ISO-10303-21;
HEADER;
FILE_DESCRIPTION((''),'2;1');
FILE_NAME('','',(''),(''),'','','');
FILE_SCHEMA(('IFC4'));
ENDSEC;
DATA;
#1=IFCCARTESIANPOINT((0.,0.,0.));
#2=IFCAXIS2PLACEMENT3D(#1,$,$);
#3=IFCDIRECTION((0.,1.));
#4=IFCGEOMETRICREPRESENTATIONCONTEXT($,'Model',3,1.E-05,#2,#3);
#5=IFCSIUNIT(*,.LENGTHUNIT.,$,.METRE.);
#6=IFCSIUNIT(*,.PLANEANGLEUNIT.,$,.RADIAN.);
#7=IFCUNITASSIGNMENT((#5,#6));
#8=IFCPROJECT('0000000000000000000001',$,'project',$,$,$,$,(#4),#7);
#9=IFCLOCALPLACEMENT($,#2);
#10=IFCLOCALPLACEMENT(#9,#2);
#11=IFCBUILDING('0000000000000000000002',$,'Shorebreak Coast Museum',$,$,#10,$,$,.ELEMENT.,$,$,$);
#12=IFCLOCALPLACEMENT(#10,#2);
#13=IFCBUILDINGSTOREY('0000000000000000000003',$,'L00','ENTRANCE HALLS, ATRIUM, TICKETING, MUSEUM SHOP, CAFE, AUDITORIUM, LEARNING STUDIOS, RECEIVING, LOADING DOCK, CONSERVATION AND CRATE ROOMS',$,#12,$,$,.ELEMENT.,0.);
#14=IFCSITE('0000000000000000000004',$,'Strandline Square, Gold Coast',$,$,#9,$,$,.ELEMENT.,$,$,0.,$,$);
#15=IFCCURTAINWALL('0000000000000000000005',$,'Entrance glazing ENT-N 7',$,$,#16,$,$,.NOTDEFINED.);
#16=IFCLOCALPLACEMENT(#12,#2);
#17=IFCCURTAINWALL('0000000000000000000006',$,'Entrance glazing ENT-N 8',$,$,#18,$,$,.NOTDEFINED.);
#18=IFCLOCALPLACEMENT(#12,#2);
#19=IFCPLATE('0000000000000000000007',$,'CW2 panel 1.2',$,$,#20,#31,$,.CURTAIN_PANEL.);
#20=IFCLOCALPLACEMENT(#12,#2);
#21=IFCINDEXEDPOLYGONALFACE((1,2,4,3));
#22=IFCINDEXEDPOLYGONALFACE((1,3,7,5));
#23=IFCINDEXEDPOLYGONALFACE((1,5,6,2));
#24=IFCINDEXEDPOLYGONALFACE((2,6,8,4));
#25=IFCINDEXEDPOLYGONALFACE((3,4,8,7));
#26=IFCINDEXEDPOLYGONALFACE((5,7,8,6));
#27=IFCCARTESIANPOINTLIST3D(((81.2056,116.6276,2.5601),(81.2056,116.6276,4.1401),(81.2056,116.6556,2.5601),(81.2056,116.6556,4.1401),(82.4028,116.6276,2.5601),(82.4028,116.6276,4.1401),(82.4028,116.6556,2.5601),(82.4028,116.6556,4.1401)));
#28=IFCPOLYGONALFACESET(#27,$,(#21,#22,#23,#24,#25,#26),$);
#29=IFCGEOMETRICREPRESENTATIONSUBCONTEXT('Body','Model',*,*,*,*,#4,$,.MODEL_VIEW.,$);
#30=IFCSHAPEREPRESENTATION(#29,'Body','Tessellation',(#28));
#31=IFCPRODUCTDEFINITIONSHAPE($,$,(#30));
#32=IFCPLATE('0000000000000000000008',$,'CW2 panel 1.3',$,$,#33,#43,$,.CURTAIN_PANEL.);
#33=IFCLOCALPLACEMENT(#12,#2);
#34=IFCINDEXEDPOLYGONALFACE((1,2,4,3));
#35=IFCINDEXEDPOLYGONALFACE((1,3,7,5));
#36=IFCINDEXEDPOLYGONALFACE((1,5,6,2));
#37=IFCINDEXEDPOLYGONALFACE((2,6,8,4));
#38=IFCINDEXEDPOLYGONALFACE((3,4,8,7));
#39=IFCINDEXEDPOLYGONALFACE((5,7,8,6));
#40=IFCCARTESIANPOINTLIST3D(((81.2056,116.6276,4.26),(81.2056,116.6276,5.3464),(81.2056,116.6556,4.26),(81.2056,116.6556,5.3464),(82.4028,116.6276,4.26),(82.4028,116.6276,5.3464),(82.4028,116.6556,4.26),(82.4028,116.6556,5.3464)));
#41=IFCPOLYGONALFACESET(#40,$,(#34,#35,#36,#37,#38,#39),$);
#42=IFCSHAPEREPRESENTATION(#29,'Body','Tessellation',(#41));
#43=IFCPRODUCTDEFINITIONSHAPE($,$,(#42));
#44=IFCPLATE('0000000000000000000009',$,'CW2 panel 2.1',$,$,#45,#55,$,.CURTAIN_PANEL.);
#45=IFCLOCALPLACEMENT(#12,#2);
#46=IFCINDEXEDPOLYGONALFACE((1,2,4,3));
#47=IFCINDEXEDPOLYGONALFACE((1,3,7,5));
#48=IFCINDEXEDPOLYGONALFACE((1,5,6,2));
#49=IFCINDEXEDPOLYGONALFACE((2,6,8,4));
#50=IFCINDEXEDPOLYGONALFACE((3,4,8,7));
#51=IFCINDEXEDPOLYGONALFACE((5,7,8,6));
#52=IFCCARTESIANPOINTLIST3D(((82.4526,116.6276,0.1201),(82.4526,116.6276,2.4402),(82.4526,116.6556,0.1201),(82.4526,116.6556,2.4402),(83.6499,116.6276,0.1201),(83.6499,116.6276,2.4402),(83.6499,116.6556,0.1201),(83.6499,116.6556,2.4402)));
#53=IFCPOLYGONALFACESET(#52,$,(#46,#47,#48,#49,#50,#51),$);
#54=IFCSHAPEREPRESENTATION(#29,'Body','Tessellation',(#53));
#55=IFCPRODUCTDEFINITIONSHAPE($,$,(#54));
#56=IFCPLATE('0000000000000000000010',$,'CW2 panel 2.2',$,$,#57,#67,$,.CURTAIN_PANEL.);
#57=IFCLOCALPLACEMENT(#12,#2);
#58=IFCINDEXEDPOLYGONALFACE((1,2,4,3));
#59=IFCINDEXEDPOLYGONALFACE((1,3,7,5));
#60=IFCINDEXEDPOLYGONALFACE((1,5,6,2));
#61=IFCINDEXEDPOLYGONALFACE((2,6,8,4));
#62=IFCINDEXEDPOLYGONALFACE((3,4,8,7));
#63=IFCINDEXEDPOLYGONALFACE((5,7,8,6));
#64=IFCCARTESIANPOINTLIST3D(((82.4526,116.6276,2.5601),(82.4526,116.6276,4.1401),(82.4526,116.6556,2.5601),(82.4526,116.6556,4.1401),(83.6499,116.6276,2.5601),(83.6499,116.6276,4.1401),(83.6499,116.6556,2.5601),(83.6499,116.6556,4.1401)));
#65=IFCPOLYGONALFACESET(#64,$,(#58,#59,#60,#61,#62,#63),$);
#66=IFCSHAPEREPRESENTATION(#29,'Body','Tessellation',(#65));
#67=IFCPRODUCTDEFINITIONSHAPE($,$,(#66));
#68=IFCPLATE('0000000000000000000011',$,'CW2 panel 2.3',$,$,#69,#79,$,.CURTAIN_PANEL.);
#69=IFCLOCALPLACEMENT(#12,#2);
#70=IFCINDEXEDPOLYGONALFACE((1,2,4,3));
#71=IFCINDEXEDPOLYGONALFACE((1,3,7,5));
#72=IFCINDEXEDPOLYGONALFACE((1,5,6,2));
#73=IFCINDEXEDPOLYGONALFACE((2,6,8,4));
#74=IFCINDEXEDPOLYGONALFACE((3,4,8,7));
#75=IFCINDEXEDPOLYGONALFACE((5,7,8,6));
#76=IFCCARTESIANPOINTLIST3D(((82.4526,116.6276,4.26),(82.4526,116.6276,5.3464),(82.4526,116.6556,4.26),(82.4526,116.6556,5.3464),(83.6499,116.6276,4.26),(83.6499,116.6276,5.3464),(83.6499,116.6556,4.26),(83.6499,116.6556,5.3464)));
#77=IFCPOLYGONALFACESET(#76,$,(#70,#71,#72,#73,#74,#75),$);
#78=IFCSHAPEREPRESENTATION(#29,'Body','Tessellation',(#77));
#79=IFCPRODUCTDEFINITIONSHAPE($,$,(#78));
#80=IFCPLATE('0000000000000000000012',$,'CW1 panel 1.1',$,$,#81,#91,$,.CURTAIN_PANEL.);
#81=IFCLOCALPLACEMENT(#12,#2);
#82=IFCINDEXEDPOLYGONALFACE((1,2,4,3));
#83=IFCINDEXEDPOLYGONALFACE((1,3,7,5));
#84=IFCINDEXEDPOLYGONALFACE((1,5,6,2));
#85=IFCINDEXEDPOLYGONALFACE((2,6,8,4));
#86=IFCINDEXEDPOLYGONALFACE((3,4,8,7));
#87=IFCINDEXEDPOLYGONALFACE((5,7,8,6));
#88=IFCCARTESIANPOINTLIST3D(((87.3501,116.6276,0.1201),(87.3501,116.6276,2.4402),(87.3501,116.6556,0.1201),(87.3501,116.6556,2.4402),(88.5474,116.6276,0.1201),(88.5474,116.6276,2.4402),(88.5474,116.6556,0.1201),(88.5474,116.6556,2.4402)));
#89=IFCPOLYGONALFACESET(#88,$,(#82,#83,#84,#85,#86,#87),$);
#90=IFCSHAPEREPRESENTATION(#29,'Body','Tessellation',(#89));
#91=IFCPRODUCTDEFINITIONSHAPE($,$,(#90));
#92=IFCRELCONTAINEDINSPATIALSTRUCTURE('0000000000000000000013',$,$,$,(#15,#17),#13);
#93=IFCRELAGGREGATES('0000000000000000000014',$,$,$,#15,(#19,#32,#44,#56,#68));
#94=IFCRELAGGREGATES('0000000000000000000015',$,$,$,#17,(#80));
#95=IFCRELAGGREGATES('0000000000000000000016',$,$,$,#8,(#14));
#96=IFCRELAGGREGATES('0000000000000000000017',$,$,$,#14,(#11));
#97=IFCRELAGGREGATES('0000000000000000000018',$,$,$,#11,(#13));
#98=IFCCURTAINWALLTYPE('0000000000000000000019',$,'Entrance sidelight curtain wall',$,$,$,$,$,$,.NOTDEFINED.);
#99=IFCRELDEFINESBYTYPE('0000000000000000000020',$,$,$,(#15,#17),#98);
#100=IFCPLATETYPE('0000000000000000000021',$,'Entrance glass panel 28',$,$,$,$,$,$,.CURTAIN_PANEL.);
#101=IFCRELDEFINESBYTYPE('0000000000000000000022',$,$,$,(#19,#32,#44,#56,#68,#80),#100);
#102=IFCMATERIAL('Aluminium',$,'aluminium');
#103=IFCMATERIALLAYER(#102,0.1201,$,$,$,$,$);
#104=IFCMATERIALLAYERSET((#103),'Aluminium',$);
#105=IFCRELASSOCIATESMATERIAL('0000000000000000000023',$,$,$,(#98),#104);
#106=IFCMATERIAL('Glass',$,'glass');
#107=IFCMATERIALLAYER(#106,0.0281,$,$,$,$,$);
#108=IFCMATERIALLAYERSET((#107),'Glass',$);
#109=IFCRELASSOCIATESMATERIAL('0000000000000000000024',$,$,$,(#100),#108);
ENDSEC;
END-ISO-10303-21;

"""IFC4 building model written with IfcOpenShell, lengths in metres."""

from ifc_helpers import new_model, si_unit, direction, frame, origin, origin_2d, place, context, subcontext, project, spatial, rectangle, extrude, material, layer, layer_set, type_object, element, aggregate, save


model = new_model("IFC4")

# Units and contexts
model_context = context("Model", 3, precision=1e-05, world=origin(), true_north=direction((0.0, 1.0)))
body_context = subcontext(model_context, "Body", "Model", "MODEL_VIEW")
ifc_project = project(units=[si_unit("LENGTHUNIT", "METRE"), si_unit("PLANEANGLEUNIT", "RADIAN")], contexts=[model_context])

# Site, building, storey
site_placement = place(None, origin())
site = spatial("IfcSite", under=ifc_project, at=site_placement, Name="Strandline Square, Gold Coast", CompositionType="ELEMENT", RefElevation=0.0)
building_placement = place(site_placement, origin())
building = spatial("IfcBuilding", under=site, at=building_placement, Name="Shorebreak Coast Museum", CompositionType="ELEMENT")
storey_placement = place(building_placement, origin())
storey = spatial("IfcBuildingStorey", under=building, at=storey_placement, Name="L00", Description="ENTRANCE HALLS, ATRIUM, TICKETING, MUSEUM SHOP, CAFE, AUDITORIUM, LEARNING STUDIOS, RECEIVING, LOADING DOCK, CONSERVATION AND CRATE ROOMS", CompositionType="ELEMENT", Elevation=0.0)

# Curtain wall
ifc_material_1 = material(Name="Aluminium", Category="aluminium")
ifc_layer_1 = layer(ifc_material_1, 0.1201)
ifc_layer_set_1 = layer_set([ifc_layer_1], Name="Aluminium")
curtain_wall_type = type_object("IfcCurtainWallType", Name="Entrance sidelight curtain wall", PredefinedType="NOTDEFINED", material=ifc_layer_set_1)
curtain_wall_1_placement = place(storey_placement, origin())
curtain_wall_1 = element("IfcCurtainWall", 1, at=curtain_wall_1_placement, inside=storey, type_object=curtain_wall_type, Name="Entrance glazing ENT-N 7", PredefinedType="NOTDEFINED")

# Curtain wall
curtain_wall_2_placement = place(storey_placement, origin())
curtain_wall_2 = element("IfcCurtainWall", 2, at=curtain_wall_2_placement, inside=storey, type_object=curtain_wall_type, Name="Entrance glazing ENT-N 8", PredefinedType="NOTDEFINED")

# Plates
ifc_material_2 = material(Name="Glass", Category="glass")
ifc_layer_2 = layer(ifc_material_2, 0.0281)
ifc_layer_set_2 = layer_set([ifc_layer_2], Name="Glass")
plate_type = type_object("IfcPlateType", Name="Entrance glass panel 28", PredefinedType="CURTAIN_PANEL", material=ifc_layer_set_2)
plate_1_placement = place(storey_placement, frame((81.8042, 116.6416, 2.5601), z_axis=(0.0, 0.0, 1.0), x_axis=(1.0, 0.0, 0.0)))
plate_1 = element("IfcPlate", 3, at=plate_1_placement, type_object=plate_type, Name="CW2 panel 1.2", PredefinedType="CURTAIN_PANEL", context=body_context, shape_type="SweptSolid", body=[
    extrude(rectangle(XDim=1.1973, YDim=0.0281, at=origin_2d()), origin(), (0.0, 0.0, 1.0), 1.5801),
])
plate_2_placement = place(storey_placement, frame((81.8042, 116.6416, 4.26), z_axis=(0.0, 0.0, 1.0), x_axis=(1.0, 0.0, 0.0)))
plate_2 = element("IfcPlate", 4, at=plate_2_placement, type_object=plate_type, Name="CW2 panel 1.3", PredefinedType="CURTAIN_PANEL", context=body_context, shape_type="SweptSolid", body=[
    extrude(rectangle(XDim=1.1973, YDim=0.0281, at=origin_2d()), origin(), (0.0, 0.0, 1.0), 1.0864),
])
plate_3_placement = place(storey_placement, frame((83.0513, 116.6416, 0.1201), z_axis=(0.0, 0.0, 1.0), x_axis=(1.0, 0.0, 0.0)))
plate_3 = element("IfcPlate", 5, at=plate_3_placement, type_object=plate_type, Name="CW2 panel 2.1", PredefinedType="CURTAIN_PANEL", context=body_context, shape_type="SweptSolid", body=[
    extrude(rectangle(XDim=1.1973, YDim=0.0281, at=origin_2d()), origin(), (0.0, 0.0, 1.0), 2.3201),
])
plate_4_placement = place(storey_placement, frame((83.0513, 116.6416, 2.5601), z_axis=(0.0, 0.0, 1.0), x_axis=(1.0, 0.0, 0.0)))
plate_4 = element("IfcPlate", 6, at=plate_4_placement, type_object=plate_type, Name="CW2 panel 2.2", PredefinedType="CURTAIN_PANEL", context=body_context, shape_type="SweptSolid", body=[
    extrude(rectangle(XDim=1.1973, YDim=0.0281, at=origin_2d()), origin(), (0.0, 0.0, 1.0), 1.5801),
])
plate_5_placement = place(storey_placement, frame((83.0513, 116.6416, 4.26), z_axis=(0.0, 0.0, 1.0), x_axis=(1.0, 0.0, 0.0)))
plate_5 = element("IfcPlate", 7, at=plate_5_placement, type_object=plate_type, Name="CW2 panel 2.3", PredefinedType="CURTAIN_PANEL", context=body_context, shape_type="SweptSolid", body=[
    extrude(rectangle(XDim=1.1973, YDim=0.0281, at=origin_2d()), origin(), (0.0, 0.0, 1.0), 1.0864),
])
aggregate(curtain_wall_1, [plate_1, plate_2, plate_3, plate_4, plate_5])
plate_6_placement = place(storey_placement, frame((87.9487, 116.6416, 0.1201), z_axis=(0.0, 0.0, 1.0), x_axis=(1.0, 0.0, 0.0)))
plate_6 = element("IfcPlate", 8, at=plate_6_placement, type_object=plate_type, Name="CW1 panel 1.1", PredefinedType="CURTAIN_PANEL", context=body_context, shape_type="SweptSolid", body=[
    extrude(rectangle(XDim=1.1973, YDim=0.0281, at=origin_2d()), origin(), (0.0, 0.0, 1.0), 2.3201),
])
aggregate(curtain_wall_2, [plate_6])

save(model, "model.ifc")
